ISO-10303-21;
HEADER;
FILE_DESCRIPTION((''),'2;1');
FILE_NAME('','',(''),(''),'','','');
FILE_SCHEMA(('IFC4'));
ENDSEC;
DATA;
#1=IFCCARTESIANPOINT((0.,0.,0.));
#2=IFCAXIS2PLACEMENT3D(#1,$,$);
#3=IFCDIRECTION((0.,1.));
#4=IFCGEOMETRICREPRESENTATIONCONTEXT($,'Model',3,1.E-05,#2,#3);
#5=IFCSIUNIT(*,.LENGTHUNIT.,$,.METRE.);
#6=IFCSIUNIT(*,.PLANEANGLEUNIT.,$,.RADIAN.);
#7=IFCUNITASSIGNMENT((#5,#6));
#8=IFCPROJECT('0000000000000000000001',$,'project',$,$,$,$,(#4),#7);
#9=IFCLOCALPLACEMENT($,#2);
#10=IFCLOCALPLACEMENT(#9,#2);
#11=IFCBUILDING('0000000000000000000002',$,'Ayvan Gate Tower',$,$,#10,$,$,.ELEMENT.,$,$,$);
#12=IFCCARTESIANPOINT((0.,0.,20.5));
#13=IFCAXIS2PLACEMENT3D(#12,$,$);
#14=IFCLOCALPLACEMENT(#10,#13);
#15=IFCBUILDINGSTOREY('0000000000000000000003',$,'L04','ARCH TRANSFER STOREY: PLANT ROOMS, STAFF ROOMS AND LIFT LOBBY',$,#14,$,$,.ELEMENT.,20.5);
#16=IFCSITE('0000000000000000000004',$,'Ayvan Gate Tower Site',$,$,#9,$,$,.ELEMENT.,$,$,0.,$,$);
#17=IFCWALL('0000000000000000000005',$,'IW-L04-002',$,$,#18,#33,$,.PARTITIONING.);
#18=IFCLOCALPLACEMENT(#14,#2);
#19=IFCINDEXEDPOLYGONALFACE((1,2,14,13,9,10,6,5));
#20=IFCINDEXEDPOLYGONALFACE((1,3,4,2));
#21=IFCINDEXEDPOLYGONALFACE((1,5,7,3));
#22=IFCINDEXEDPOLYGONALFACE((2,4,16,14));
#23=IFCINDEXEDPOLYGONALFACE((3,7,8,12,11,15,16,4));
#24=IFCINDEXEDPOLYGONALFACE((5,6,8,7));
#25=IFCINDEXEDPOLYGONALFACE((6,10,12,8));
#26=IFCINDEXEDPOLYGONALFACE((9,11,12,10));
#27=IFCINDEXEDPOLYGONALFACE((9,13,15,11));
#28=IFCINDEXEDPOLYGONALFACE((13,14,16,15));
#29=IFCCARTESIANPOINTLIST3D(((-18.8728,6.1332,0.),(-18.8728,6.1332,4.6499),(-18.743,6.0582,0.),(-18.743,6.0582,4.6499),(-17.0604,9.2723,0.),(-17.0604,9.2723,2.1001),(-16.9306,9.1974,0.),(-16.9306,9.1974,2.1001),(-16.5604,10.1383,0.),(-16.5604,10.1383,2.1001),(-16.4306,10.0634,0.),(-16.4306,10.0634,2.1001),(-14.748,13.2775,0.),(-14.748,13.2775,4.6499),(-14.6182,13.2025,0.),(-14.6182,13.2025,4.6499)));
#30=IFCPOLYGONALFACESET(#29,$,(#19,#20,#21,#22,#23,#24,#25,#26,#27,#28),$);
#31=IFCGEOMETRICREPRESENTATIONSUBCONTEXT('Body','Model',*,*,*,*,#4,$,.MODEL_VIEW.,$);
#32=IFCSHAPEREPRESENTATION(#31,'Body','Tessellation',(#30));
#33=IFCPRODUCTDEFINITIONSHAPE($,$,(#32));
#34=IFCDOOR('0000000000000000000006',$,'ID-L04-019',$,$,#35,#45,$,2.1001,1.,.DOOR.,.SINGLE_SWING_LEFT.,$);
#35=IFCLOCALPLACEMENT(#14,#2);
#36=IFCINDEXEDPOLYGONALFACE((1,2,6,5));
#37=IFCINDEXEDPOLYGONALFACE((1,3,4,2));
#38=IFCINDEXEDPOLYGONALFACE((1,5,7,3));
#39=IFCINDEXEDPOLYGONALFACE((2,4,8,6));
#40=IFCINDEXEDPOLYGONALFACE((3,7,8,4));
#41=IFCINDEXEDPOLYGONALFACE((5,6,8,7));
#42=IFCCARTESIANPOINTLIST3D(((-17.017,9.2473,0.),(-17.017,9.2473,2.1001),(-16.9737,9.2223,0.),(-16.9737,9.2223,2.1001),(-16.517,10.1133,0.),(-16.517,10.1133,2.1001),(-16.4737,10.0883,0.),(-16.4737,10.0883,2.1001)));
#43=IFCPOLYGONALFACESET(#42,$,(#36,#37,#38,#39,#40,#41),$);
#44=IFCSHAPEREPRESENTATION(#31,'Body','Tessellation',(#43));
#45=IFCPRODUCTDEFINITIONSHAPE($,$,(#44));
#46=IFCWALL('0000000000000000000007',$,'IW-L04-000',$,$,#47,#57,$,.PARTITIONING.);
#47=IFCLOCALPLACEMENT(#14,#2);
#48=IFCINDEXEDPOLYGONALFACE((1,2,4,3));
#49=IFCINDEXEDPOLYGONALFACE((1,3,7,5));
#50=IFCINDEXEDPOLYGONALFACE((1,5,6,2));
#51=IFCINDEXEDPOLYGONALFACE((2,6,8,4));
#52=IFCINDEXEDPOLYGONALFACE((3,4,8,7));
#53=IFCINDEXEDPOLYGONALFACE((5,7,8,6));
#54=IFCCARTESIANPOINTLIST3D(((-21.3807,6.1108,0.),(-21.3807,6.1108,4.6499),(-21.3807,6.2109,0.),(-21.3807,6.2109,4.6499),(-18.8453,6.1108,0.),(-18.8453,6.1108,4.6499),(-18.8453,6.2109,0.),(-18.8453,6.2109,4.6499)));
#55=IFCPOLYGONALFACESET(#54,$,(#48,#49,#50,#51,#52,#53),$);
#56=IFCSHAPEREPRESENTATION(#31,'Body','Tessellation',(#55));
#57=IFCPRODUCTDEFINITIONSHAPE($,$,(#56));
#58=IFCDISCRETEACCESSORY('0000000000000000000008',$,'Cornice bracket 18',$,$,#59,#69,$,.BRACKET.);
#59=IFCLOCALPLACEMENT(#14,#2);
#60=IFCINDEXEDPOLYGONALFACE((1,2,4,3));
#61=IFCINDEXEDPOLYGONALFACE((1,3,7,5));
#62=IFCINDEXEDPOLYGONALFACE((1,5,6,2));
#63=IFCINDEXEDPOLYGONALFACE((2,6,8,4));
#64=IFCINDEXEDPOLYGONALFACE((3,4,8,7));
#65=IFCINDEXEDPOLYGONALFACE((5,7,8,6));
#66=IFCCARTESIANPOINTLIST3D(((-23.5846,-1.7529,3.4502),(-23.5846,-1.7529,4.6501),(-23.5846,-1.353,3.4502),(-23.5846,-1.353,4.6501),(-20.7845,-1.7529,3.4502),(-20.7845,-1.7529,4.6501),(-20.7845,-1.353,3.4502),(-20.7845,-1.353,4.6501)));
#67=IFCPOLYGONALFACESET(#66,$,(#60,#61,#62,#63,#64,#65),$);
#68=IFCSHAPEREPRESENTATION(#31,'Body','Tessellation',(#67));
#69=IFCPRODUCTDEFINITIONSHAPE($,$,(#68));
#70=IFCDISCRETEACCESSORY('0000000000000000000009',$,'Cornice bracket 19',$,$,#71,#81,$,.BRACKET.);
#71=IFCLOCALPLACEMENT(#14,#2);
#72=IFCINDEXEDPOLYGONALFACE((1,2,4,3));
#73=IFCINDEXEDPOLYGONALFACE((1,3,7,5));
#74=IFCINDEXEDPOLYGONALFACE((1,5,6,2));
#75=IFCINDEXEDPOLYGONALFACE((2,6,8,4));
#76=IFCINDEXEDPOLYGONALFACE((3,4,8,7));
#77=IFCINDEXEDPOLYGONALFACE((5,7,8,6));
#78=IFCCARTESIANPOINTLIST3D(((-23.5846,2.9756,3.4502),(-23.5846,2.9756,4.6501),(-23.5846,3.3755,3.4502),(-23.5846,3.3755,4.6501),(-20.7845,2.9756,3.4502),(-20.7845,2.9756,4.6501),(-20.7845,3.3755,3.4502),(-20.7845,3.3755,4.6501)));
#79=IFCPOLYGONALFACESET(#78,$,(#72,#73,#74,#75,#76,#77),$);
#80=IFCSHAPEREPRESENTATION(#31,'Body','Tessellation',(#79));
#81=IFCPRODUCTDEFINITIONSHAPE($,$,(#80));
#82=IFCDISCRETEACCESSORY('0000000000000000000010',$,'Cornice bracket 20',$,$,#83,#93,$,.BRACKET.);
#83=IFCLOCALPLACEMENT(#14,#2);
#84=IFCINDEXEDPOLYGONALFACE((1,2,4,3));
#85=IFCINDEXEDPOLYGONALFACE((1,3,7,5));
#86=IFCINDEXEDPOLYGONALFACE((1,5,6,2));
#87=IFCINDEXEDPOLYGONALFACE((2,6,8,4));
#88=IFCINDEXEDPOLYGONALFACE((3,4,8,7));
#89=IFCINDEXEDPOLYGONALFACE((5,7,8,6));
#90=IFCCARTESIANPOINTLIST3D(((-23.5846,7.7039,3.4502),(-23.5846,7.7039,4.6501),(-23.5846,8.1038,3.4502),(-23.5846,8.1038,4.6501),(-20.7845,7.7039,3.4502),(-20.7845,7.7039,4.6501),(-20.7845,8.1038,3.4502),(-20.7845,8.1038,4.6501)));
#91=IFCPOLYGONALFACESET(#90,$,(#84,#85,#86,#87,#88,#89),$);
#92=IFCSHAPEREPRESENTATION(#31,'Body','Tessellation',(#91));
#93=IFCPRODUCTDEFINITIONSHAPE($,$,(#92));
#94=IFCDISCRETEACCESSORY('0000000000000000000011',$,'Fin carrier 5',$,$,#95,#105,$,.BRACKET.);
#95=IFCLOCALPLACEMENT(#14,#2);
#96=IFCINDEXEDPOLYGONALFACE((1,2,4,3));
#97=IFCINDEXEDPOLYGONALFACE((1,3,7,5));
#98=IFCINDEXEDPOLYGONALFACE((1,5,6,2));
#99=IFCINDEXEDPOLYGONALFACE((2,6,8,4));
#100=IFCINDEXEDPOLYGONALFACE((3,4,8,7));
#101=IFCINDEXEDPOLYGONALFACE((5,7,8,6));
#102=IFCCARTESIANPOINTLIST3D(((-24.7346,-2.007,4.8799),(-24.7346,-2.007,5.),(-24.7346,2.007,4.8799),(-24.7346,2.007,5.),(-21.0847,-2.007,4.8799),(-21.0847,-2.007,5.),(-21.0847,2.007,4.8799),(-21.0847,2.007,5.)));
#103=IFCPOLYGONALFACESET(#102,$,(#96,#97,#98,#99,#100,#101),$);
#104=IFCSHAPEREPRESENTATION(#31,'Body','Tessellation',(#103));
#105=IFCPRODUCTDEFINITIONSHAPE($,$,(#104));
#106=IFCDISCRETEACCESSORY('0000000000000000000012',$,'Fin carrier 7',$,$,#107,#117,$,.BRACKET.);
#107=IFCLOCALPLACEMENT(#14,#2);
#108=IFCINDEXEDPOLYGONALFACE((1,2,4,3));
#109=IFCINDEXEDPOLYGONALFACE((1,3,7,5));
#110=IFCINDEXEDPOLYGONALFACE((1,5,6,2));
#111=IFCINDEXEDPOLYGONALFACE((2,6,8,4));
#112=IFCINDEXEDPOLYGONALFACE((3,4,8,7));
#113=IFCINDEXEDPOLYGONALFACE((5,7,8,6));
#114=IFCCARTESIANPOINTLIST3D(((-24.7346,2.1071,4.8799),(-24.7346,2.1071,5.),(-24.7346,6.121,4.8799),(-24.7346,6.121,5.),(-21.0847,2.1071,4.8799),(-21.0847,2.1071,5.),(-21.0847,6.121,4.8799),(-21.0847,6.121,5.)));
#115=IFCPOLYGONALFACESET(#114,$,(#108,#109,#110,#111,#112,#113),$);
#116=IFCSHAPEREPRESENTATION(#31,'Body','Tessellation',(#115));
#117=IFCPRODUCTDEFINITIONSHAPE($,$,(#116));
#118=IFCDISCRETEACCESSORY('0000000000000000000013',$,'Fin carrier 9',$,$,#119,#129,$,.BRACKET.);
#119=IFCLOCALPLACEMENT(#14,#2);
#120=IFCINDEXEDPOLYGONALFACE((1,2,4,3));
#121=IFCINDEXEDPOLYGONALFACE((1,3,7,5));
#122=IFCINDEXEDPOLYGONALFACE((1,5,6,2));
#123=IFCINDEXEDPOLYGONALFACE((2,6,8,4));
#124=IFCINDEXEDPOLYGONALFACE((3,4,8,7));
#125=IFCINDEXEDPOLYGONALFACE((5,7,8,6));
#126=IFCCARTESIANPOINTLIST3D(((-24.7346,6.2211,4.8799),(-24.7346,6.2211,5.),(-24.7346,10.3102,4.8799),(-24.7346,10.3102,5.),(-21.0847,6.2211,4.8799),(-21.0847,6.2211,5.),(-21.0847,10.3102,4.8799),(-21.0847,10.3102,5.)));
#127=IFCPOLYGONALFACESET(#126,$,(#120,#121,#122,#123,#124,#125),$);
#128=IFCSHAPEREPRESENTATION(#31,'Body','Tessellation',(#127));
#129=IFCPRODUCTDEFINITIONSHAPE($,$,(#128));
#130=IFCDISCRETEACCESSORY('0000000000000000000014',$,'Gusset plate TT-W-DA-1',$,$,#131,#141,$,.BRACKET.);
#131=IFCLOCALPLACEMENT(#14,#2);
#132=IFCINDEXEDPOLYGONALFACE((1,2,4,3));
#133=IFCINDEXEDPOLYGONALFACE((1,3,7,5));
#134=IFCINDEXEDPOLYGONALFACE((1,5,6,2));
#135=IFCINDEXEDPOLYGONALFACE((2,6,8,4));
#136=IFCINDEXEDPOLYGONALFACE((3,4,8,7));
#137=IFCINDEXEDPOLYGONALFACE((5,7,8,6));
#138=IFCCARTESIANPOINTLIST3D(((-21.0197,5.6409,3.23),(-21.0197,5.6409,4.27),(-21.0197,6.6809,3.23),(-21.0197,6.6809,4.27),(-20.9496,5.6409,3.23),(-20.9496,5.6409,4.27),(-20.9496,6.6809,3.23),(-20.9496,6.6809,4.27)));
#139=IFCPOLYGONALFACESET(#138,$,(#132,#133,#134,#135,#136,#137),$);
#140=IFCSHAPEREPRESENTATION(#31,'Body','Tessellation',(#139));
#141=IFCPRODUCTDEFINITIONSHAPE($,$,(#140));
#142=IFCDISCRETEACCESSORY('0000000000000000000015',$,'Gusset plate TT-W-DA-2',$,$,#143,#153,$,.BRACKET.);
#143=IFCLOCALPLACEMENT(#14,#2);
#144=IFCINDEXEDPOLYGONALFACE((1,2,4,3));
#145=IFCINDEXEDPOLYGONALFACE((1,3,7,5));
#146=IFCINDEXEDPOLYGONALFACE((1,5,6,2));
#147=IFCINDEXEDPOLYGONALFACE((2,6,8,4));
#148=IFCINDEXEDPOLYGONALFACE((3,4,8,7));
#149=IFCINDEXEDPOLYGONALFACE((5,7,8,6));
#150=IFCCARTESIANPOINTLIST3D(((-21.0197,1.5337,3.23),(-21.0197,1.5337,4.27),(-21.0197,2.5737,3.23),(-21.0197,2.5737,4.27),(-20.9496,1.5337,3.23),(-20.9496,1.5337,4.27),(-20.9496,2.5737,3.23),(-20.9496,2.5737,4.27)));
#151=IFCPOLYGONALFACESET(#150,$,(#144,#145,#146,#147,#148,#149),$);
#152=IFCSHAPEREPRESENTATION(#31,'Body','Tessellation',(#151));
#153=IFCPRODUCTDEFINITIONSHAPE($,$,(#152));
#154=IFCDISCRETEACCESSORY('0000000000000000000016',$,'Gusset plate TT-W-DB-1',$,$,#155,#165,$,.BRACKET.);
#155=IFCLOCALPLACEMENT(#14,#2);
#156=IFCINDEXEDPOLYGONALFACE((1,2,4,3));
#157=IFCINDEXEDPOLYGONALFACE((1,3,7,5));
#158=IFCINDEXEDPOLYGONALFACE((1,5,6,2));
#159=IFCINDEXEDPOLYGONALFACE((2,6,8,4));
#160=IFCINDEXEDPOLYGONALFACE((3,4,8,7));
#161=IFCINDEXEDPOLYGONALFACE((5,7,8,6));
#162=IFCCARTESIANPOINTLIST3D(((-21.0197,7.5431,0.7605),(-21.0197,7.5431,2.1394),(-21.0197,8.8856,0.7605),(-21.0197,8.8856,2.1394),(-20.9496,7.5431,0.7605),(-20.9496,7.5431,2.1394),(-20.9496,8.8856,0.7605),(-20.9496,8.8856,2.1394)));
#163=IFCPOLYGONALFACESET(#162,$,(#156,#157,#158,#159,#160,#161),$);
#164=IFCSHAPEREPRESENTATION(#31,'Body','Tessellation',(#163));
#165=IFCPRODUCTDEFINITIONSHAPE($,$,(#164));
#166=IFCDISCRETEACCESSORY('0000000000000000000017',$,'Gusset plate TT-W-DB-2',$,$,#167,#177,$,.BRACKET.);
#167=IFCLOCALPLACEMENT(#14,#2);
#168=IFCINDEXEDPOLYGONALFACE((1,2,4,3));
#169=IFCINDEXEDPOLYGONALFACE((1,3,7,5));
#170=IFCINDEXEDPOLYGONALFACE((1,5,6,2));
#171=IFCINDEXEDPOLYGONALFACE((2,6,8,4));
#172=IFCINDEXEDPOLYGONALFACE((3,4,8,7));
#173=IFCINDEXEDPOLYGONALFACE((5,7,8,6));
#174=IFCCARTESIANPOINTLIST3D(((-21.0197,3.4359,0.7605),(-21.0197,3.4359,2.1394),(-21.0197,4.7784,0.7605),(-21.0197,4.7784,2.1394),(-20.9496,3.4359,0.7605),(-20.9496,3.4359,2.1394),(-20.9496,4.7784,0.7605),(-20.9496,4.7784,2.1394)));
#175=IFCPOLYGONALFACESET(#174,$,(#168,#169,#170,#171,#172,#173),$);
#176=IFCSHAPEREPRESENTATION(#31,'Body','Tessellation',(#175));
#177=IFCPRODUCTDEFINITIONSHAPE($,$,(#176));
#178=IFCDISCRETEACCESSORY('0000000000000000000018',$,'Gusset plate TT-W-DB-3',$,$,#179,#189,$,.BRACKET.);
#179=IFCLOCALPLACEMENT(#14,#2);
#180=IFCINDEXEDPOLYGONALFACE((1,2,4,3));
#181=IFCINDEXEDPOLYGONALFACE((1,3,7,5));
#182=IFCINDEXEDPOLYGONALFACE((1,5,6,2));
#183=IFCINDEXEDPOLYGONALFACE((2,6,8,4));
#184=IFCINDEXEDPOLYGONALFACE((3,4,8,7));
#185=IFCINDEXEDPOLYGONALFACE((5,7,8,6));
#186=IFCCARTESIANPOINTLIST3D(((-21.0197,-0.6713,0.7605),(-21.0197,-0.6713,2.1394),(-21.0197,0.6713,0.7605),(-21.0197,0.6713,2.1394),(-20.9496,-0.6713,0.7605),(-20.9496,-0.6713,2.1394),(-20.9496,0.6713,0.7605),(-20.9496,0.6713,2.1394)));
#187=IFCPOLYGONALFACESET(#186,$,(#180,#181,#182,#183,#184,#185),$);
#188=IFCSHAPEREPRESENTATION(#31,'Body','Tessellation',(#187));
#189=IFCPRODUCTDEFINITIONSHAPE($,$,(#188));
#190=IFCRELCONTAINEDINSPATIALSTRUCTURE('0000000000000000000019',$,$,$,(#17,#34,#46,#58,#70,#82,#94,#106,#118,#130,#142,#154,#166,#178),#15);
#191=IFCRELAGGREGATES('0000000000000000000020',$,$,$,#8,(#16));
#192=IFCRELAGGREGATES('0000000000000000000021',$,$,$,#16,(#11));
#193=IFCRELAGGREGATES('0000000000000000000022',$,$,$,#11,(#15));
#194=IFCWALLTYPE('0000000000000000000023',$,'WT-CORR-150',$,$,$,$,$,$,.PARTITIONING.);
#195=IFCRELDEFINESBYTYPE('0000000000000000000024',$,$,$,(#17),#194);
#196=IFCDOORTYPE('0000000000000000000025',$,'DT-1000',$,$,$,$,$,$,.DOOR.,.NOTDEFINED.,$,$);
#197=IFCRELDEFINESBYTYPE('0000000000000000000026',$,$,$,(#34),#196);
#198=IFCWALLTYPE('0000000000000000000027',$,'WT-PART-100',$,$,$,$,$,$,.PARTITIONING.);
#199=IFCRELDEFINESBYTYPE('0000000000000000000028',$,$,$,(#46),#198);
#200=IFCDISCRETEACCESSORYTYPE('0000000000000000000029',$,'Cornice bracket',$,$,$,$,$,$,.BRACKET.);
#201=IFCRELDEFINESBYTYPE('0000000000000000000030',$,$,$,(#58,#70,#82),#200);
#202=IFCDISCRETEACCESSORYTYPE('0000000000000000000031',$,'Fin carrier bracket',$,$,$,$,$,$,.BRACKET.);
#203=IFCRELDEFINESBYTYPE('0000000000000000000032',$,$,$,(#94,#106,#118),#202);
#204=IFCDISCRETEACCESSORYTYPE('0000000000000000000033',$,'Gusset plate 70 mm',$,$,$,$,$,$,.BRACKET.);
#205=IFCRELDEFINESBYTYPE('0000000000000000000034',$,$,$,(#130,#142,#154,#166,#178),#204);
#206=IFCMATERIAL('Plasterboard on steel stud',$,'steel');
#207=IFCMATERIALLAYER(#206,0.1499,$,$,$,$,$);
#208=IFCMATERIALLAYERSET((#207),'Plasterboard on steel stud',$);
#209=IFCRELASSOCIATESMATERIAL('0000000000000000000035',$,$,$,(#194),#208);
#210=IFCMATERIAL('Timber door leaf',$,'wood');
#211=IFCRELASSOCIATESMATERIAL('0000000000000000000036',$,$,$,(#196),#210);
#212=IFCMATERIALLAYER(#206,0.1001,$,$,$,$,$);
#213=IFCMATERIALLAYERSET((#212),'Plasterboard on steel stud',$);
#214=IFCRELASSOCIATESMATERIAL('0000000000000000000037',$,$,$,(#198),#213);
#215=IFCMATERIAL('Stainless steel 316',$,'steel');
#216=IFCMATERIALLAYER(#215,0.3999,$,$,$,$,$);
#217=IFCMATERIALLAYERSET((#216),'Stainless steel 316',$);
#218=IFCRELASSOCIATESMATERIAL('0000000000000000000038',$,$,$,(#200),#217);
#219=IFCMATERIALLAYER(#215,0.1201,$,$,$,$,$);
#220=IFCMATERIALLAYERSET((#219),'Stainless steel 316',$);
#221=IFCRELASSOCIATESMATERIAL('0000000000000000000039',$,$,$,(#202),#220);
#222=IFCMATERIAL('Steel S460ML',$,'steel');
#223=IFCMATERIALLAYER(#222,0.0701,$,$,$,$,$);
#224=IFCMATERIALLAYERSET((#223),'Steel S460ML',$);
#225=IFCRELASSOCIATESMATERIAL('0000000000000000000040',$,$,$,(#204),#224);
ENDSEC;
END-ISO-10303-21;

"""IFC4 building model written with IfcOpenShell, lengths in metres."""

from ifc_helpers import new_model, si_unit, direction, frame, frame_2d, origin, origin_2d, place, context, subcontext, project, spatial, rectangle, extrude, material, layer, layer_set, type_object, element, fill, save


model = new_model("IFC4")

# Units and contexts
model_context = context("Model", 3, precision=1e-05, world=origin(), true_north=direction((0.0, 1.0)))
body_context = subcontext(model_context, "Body", "Model", "MODEL_VIEW")
ifc_project = project(units=[si_unit("LENGTHUNIT", "METRE"), si_unit("PLANEANGLEUNIT", "RADIAN")], contexts=[model_context])

# Site, building, storey
site_placement = place(None, origin())
site = spatial("IfcSite", under=ifc_project, at=site_placement, Name="Ayvan Gate Tower Site", CompositionType="ELEMENT", RefElevation=0.0)
building_placement = place(site_placement, origin())
building = spatial("IfcBuilding", under=site, at=building_placement, Name="Ayvan Gate Tower", CompositionType="ELEMENT")
storey_placement = place(building_placement, frame((0.0, 0.0, 20.5)))
storey = spatial("IfcBuildingStorey", under=building, at=storey_placement, Name="L04", Description="ARCH TRANSFER STOREY: PLANT ROOMS, STAFF ROOMS AND LIFT LOBBY", CompositionType="ELEMENT", Elevation=20.5)

# Shared definitions
ifc_material_1 = material(Name="Steel S460ML", Category="steel")

# Wall, opening, door
ifc_material_2 = material(Name="Plasterboard on steel stud", Category="steel")
ifc_layer_1 = layer(ifc_material_2, 0.1499)
ifc_layer_set_1 = layer_set([ifc_layer_1], Name="Plasterboard on steel stud")
wall_type_1 = type_object("IfcWallType", Name="WT-CORR-150", PredefinedType="PARTITIONING", material=ifc_layer_set_1)
wall_1_placement = place(storey_placement, frame((-18.8079, 6.0957, 0.0), z_axis=(0.0, 0.0, 1.0), x_axis=(0.5, 0.866025, 0.0)))
wall_1 = element("IfcWall", 1, at=wall_1_placement, inside=storey, type_object=wall_type_1, Name="IW-L04-002", PredefinedType="PARTITIONING", context=body_context, shape_type="SweptSolid", body=[
    extrude(rectangle(XDim=8.2495, YDim=0.1499, at=frame_2d((4.1248, 0.0))), origin(), (0.0, 0.0, 1.0), 4.6499),
])
opening_placement = place(wall_1_placement, frame((3.6248, 0.0, 0.0)))
opening = element("IfcOpeningElement", 2, at=opening_placement, cuts=wall_1, PredefinedType="OPENING", context=body_context, shape_type="SweptSolid", body=[
    extrude(rectangle(XDim=1.0, YDim=2.1001, at=frame_2d((0.5, 1.05))), frame((0.0, 0.085, 0.0), z_axis=(0.0, -1.0, 0.0), x_axis=(1.0, 0.0, 0.0)), (0.0, 0.0, 1.0), 0.1699),
])
ifc_material_3 = material(Name="Timber door leaf", Category="wood")
door_type = type_object("IfcDoorType", Name="DT-1000", OperationType="NOTDEFINED", PredefinedType="DOOR", material=ifc_material_3)
door_placement = place(opening_placement, origin())
door = element("IfcDoor", 3, at=door_placement, inside=storey, type_object=door_type, Name="ID-L04-019", OperationType="SINGLE_SWING_LEFT", OverallHeight=2.1001, OverallWidth=1.0, PredefinedType="DOOR", context=body_context, shape_type="SweptSolid", body=[
    extrude(rectangle(XDim=1.0, YDim=2.1001, at=frame_2d((0.5, 1.05))), frame((0.0, 0.0249, 0.0), z_axis=(0.0, -1.0, 0.0), x_axis=(1.0, 0.0, 0.0)), (0.0, 0.0, 1.0), 0.05),
])
fill(opening, door)

# Wall
ifc_layer_2 = layer(ifc_material_2, 0.1001)
ifc_layer_set_2 = layer_set([ifc_layer_2], Name="Plasterboard on steel stud")
wall_type_2 = type_object("IfcWallType", Name="WT-PART-100", PredefinedType="PARTITIONING", material=ifc_layer_set_2)
wall_2_placement = place(storey_placement, frame((-21.3806, 6.1609, 0.0), z_axis=(0.0, 0.0, 1.0), x_axis=(1.0, 0.0, 0.0)))
element("IfcWall", 4, at=wall_2_placement, inside=storey, type_object=wall_type_2, Name="IW-L04-000", PredefinedType="PARTITIONING", context=body_context, shape_type="SweptSolid", body=[
    extrude(rectangle(XDim=2.5354, YDim=0.1001, at=frame_2d((1.2676, 0.0))), origin(), (0.0, 0.0, 1.0), 4.6499),
])

# Discrete accessories
ifc_material_4 = material(Name="Stainless steel 316", Category="steel")
ifc_layer_3 = layer(ifc_material_4, 0.3999)
ifc_layer_set_3 = layer_set([ifc_layer_3], Name="Stainless steel 316")
discrete_accessory_type_1 = type_object("IfcDiscreteAccessoryType", Name="Cornice bracket", PredefinedType="BRACKET", material=ifc_layer_set_3)
for number, where, z_axis, x_axis, name in (
    (5, (-22.1846, -1.553, 3.4502), (0.0, 0.0, 1.0), (-1.0, 0.0, 0.0), "Cornice bracket 18"),
    (6, (-22.1846, 3.1755, 3.4502), (0.0, 0.0, 1.0), (-1.0, 0.0, 0.0), "Cornice bracket 19"),
    (7, (-22.1846, 7.9038, 3.4502), (0.0, 0.0, 1.0), (-1.0, 0.0, 0.0), "Cornice bracket 20"),
):
    element("IfcDiscreteAccessory", number, at=place(storey_placement, frame(where, z_axis=z_axis, x_axis=x_axis)), inside=storey, type_object=discrete_accessory_type_1, Name=name, PredefinedType="BRACKET", context=body_context, shape_type="SweptSolid", body=[
        extrude(rectangle(XDim=2.8, YDim=0.3999, at=origin_2d()), origin(), (0.0, 0.0, 1.0), 1.2),
    ])
ifc_layer_4 = layer(ifc_material_4, 0.1201)
ifc_layer_set_4 = layer_set([ifc_layer_4], Name="Stainless steel 316")
discrete_accessory_type_2 = type_object("IfcDiscreteAccessoryType", Name="Fin carrier bracket", PredefinedType="BRACKET", material=ifc_layer_set_4)
for number, where, z_axis, x_axis, name in (
    (8, (-22.9097, 0.0, 4.8799), (0.0, 0.0, 1.0), (0.0, -1.0, 0.0), "Fin carrier 5"),
    (9, (-22.9097, 4.114, 4.8799), (0.0, 0.0, 1.0), (0.0, -1.0, 0.0), "Fin carrier 7"),
):
    element("IfcDiscreteAccessory", number, at=place(storey_placement, frame(where, z_axis=z_axis, x_axis=x_axis)), inside=storey, type_object=discrete_accessory_type_2, Name=name, PredefinedType="BRACKET", context=body_context, shape_type="SweptSolid", body=[
        extrude(rectangle(XDim=4.0139, YDim=3.6499, at=origin_2d()), origin(), (0.0, 0.0, 1.0), 0.1201),
    ])
discrete_accessory_placement = place(storey_placement, frame((-22.9097, 8.2656, 4.8799), z_axis=(0.0, 0.0, 1.0), x_axis=(0.0, -1.0, 0.0)))
element("IfcDiscreteAccessory", 10, at=discrete_accessory_placement, inside=storey, type_object=discrete_accessory_type_2, Name="Fin carrier 9", PredefinedType="BRACKET", context=body_context, shape_type="SweptSolid", body=[
    extrude(rectangle(XDim=4.0891, YDim=3.6499, at=origin_2d()), origin(), (0.0, 0.0, 1.0), 0.1201),
])
ifc_layer_5 = layer(ifc_material_1, 0.0701)
ifc_layer_set_5 = layer_set([ifc_layer_5], Name="Steel S460ML")
discrete_accessory_type_3 = type_object("IfcDiscreteAccessoryType", Name="Gusset plate 70 mm", PredefinedType="BRACKET", material=ifc_layer_set_5)
for number, where, z_axis, x_axis, name in (
    (11, (-20.9846, 6.1609, 3.23), (0.0, 0.0, 1.0), (0.0, 1.0, 0.0), "Gusset plate TT-W-DA-1"),
    (12, (-20.9846, 2.0537, 3.23), (0.0, 0.0, 1.0), (0.0, 1.0, 0.0), "Gusset plate TT-W-DA-2"),
):
    element("IfcDiscreteAccessory", number, at=place(storey_placement, frame(where, z_axis=z_axis, x_axis=x_axis)), inside=storey, type_object=discrete_accessory_type_3, Name=name, PredefinedType="BRACKET", context=body_context, shape_type="SweptSolid", body=[
        extrude(rectangle(XDim=1.04, YDim=0.0701, at=origin_2d()), origin(), (0.0, 0.0, 1.0), 1.04),
    ])
for number, where, z_axis, x_axis, name in (
    (13, (-20.9846, 8.2144, 0.7605), (0.0, 0.0, 1.0), (0.0, 1.0, 0.0), "Gusset plate TT-W-DB-1"),
    (14, (-20.9846, 4.1072, 0.7605), (0.0, 0.0, 1.0), (0.0, 1.0, 0.0), "Gusset plate TT-W-DB-2"),
    (15, (-20.9846, 0.0, 0.7605), (0.0, 0.0, 1.0), (0.0, 1.0, 0.0), "Gusset plate TT-W-DB-3"),
):
    element("IfcDiscreteAccessory", number, at=place(storey_placement, frame(where, z_axis=z_axis, x_axis=x_axis)), inside=storey, type_object=discrete_accessory_type_3, Name=name, PredefinedType="BRACKET", context=body_context, shape_type="SweptSolid", body=[
        extrude(rectangle(XDim=1.3425, YDim=0.0701, at=origin_2d()), origin(), (0.0, 0.0, 1.0), 1.3789),
    ])

save(model, "model.ifc")
